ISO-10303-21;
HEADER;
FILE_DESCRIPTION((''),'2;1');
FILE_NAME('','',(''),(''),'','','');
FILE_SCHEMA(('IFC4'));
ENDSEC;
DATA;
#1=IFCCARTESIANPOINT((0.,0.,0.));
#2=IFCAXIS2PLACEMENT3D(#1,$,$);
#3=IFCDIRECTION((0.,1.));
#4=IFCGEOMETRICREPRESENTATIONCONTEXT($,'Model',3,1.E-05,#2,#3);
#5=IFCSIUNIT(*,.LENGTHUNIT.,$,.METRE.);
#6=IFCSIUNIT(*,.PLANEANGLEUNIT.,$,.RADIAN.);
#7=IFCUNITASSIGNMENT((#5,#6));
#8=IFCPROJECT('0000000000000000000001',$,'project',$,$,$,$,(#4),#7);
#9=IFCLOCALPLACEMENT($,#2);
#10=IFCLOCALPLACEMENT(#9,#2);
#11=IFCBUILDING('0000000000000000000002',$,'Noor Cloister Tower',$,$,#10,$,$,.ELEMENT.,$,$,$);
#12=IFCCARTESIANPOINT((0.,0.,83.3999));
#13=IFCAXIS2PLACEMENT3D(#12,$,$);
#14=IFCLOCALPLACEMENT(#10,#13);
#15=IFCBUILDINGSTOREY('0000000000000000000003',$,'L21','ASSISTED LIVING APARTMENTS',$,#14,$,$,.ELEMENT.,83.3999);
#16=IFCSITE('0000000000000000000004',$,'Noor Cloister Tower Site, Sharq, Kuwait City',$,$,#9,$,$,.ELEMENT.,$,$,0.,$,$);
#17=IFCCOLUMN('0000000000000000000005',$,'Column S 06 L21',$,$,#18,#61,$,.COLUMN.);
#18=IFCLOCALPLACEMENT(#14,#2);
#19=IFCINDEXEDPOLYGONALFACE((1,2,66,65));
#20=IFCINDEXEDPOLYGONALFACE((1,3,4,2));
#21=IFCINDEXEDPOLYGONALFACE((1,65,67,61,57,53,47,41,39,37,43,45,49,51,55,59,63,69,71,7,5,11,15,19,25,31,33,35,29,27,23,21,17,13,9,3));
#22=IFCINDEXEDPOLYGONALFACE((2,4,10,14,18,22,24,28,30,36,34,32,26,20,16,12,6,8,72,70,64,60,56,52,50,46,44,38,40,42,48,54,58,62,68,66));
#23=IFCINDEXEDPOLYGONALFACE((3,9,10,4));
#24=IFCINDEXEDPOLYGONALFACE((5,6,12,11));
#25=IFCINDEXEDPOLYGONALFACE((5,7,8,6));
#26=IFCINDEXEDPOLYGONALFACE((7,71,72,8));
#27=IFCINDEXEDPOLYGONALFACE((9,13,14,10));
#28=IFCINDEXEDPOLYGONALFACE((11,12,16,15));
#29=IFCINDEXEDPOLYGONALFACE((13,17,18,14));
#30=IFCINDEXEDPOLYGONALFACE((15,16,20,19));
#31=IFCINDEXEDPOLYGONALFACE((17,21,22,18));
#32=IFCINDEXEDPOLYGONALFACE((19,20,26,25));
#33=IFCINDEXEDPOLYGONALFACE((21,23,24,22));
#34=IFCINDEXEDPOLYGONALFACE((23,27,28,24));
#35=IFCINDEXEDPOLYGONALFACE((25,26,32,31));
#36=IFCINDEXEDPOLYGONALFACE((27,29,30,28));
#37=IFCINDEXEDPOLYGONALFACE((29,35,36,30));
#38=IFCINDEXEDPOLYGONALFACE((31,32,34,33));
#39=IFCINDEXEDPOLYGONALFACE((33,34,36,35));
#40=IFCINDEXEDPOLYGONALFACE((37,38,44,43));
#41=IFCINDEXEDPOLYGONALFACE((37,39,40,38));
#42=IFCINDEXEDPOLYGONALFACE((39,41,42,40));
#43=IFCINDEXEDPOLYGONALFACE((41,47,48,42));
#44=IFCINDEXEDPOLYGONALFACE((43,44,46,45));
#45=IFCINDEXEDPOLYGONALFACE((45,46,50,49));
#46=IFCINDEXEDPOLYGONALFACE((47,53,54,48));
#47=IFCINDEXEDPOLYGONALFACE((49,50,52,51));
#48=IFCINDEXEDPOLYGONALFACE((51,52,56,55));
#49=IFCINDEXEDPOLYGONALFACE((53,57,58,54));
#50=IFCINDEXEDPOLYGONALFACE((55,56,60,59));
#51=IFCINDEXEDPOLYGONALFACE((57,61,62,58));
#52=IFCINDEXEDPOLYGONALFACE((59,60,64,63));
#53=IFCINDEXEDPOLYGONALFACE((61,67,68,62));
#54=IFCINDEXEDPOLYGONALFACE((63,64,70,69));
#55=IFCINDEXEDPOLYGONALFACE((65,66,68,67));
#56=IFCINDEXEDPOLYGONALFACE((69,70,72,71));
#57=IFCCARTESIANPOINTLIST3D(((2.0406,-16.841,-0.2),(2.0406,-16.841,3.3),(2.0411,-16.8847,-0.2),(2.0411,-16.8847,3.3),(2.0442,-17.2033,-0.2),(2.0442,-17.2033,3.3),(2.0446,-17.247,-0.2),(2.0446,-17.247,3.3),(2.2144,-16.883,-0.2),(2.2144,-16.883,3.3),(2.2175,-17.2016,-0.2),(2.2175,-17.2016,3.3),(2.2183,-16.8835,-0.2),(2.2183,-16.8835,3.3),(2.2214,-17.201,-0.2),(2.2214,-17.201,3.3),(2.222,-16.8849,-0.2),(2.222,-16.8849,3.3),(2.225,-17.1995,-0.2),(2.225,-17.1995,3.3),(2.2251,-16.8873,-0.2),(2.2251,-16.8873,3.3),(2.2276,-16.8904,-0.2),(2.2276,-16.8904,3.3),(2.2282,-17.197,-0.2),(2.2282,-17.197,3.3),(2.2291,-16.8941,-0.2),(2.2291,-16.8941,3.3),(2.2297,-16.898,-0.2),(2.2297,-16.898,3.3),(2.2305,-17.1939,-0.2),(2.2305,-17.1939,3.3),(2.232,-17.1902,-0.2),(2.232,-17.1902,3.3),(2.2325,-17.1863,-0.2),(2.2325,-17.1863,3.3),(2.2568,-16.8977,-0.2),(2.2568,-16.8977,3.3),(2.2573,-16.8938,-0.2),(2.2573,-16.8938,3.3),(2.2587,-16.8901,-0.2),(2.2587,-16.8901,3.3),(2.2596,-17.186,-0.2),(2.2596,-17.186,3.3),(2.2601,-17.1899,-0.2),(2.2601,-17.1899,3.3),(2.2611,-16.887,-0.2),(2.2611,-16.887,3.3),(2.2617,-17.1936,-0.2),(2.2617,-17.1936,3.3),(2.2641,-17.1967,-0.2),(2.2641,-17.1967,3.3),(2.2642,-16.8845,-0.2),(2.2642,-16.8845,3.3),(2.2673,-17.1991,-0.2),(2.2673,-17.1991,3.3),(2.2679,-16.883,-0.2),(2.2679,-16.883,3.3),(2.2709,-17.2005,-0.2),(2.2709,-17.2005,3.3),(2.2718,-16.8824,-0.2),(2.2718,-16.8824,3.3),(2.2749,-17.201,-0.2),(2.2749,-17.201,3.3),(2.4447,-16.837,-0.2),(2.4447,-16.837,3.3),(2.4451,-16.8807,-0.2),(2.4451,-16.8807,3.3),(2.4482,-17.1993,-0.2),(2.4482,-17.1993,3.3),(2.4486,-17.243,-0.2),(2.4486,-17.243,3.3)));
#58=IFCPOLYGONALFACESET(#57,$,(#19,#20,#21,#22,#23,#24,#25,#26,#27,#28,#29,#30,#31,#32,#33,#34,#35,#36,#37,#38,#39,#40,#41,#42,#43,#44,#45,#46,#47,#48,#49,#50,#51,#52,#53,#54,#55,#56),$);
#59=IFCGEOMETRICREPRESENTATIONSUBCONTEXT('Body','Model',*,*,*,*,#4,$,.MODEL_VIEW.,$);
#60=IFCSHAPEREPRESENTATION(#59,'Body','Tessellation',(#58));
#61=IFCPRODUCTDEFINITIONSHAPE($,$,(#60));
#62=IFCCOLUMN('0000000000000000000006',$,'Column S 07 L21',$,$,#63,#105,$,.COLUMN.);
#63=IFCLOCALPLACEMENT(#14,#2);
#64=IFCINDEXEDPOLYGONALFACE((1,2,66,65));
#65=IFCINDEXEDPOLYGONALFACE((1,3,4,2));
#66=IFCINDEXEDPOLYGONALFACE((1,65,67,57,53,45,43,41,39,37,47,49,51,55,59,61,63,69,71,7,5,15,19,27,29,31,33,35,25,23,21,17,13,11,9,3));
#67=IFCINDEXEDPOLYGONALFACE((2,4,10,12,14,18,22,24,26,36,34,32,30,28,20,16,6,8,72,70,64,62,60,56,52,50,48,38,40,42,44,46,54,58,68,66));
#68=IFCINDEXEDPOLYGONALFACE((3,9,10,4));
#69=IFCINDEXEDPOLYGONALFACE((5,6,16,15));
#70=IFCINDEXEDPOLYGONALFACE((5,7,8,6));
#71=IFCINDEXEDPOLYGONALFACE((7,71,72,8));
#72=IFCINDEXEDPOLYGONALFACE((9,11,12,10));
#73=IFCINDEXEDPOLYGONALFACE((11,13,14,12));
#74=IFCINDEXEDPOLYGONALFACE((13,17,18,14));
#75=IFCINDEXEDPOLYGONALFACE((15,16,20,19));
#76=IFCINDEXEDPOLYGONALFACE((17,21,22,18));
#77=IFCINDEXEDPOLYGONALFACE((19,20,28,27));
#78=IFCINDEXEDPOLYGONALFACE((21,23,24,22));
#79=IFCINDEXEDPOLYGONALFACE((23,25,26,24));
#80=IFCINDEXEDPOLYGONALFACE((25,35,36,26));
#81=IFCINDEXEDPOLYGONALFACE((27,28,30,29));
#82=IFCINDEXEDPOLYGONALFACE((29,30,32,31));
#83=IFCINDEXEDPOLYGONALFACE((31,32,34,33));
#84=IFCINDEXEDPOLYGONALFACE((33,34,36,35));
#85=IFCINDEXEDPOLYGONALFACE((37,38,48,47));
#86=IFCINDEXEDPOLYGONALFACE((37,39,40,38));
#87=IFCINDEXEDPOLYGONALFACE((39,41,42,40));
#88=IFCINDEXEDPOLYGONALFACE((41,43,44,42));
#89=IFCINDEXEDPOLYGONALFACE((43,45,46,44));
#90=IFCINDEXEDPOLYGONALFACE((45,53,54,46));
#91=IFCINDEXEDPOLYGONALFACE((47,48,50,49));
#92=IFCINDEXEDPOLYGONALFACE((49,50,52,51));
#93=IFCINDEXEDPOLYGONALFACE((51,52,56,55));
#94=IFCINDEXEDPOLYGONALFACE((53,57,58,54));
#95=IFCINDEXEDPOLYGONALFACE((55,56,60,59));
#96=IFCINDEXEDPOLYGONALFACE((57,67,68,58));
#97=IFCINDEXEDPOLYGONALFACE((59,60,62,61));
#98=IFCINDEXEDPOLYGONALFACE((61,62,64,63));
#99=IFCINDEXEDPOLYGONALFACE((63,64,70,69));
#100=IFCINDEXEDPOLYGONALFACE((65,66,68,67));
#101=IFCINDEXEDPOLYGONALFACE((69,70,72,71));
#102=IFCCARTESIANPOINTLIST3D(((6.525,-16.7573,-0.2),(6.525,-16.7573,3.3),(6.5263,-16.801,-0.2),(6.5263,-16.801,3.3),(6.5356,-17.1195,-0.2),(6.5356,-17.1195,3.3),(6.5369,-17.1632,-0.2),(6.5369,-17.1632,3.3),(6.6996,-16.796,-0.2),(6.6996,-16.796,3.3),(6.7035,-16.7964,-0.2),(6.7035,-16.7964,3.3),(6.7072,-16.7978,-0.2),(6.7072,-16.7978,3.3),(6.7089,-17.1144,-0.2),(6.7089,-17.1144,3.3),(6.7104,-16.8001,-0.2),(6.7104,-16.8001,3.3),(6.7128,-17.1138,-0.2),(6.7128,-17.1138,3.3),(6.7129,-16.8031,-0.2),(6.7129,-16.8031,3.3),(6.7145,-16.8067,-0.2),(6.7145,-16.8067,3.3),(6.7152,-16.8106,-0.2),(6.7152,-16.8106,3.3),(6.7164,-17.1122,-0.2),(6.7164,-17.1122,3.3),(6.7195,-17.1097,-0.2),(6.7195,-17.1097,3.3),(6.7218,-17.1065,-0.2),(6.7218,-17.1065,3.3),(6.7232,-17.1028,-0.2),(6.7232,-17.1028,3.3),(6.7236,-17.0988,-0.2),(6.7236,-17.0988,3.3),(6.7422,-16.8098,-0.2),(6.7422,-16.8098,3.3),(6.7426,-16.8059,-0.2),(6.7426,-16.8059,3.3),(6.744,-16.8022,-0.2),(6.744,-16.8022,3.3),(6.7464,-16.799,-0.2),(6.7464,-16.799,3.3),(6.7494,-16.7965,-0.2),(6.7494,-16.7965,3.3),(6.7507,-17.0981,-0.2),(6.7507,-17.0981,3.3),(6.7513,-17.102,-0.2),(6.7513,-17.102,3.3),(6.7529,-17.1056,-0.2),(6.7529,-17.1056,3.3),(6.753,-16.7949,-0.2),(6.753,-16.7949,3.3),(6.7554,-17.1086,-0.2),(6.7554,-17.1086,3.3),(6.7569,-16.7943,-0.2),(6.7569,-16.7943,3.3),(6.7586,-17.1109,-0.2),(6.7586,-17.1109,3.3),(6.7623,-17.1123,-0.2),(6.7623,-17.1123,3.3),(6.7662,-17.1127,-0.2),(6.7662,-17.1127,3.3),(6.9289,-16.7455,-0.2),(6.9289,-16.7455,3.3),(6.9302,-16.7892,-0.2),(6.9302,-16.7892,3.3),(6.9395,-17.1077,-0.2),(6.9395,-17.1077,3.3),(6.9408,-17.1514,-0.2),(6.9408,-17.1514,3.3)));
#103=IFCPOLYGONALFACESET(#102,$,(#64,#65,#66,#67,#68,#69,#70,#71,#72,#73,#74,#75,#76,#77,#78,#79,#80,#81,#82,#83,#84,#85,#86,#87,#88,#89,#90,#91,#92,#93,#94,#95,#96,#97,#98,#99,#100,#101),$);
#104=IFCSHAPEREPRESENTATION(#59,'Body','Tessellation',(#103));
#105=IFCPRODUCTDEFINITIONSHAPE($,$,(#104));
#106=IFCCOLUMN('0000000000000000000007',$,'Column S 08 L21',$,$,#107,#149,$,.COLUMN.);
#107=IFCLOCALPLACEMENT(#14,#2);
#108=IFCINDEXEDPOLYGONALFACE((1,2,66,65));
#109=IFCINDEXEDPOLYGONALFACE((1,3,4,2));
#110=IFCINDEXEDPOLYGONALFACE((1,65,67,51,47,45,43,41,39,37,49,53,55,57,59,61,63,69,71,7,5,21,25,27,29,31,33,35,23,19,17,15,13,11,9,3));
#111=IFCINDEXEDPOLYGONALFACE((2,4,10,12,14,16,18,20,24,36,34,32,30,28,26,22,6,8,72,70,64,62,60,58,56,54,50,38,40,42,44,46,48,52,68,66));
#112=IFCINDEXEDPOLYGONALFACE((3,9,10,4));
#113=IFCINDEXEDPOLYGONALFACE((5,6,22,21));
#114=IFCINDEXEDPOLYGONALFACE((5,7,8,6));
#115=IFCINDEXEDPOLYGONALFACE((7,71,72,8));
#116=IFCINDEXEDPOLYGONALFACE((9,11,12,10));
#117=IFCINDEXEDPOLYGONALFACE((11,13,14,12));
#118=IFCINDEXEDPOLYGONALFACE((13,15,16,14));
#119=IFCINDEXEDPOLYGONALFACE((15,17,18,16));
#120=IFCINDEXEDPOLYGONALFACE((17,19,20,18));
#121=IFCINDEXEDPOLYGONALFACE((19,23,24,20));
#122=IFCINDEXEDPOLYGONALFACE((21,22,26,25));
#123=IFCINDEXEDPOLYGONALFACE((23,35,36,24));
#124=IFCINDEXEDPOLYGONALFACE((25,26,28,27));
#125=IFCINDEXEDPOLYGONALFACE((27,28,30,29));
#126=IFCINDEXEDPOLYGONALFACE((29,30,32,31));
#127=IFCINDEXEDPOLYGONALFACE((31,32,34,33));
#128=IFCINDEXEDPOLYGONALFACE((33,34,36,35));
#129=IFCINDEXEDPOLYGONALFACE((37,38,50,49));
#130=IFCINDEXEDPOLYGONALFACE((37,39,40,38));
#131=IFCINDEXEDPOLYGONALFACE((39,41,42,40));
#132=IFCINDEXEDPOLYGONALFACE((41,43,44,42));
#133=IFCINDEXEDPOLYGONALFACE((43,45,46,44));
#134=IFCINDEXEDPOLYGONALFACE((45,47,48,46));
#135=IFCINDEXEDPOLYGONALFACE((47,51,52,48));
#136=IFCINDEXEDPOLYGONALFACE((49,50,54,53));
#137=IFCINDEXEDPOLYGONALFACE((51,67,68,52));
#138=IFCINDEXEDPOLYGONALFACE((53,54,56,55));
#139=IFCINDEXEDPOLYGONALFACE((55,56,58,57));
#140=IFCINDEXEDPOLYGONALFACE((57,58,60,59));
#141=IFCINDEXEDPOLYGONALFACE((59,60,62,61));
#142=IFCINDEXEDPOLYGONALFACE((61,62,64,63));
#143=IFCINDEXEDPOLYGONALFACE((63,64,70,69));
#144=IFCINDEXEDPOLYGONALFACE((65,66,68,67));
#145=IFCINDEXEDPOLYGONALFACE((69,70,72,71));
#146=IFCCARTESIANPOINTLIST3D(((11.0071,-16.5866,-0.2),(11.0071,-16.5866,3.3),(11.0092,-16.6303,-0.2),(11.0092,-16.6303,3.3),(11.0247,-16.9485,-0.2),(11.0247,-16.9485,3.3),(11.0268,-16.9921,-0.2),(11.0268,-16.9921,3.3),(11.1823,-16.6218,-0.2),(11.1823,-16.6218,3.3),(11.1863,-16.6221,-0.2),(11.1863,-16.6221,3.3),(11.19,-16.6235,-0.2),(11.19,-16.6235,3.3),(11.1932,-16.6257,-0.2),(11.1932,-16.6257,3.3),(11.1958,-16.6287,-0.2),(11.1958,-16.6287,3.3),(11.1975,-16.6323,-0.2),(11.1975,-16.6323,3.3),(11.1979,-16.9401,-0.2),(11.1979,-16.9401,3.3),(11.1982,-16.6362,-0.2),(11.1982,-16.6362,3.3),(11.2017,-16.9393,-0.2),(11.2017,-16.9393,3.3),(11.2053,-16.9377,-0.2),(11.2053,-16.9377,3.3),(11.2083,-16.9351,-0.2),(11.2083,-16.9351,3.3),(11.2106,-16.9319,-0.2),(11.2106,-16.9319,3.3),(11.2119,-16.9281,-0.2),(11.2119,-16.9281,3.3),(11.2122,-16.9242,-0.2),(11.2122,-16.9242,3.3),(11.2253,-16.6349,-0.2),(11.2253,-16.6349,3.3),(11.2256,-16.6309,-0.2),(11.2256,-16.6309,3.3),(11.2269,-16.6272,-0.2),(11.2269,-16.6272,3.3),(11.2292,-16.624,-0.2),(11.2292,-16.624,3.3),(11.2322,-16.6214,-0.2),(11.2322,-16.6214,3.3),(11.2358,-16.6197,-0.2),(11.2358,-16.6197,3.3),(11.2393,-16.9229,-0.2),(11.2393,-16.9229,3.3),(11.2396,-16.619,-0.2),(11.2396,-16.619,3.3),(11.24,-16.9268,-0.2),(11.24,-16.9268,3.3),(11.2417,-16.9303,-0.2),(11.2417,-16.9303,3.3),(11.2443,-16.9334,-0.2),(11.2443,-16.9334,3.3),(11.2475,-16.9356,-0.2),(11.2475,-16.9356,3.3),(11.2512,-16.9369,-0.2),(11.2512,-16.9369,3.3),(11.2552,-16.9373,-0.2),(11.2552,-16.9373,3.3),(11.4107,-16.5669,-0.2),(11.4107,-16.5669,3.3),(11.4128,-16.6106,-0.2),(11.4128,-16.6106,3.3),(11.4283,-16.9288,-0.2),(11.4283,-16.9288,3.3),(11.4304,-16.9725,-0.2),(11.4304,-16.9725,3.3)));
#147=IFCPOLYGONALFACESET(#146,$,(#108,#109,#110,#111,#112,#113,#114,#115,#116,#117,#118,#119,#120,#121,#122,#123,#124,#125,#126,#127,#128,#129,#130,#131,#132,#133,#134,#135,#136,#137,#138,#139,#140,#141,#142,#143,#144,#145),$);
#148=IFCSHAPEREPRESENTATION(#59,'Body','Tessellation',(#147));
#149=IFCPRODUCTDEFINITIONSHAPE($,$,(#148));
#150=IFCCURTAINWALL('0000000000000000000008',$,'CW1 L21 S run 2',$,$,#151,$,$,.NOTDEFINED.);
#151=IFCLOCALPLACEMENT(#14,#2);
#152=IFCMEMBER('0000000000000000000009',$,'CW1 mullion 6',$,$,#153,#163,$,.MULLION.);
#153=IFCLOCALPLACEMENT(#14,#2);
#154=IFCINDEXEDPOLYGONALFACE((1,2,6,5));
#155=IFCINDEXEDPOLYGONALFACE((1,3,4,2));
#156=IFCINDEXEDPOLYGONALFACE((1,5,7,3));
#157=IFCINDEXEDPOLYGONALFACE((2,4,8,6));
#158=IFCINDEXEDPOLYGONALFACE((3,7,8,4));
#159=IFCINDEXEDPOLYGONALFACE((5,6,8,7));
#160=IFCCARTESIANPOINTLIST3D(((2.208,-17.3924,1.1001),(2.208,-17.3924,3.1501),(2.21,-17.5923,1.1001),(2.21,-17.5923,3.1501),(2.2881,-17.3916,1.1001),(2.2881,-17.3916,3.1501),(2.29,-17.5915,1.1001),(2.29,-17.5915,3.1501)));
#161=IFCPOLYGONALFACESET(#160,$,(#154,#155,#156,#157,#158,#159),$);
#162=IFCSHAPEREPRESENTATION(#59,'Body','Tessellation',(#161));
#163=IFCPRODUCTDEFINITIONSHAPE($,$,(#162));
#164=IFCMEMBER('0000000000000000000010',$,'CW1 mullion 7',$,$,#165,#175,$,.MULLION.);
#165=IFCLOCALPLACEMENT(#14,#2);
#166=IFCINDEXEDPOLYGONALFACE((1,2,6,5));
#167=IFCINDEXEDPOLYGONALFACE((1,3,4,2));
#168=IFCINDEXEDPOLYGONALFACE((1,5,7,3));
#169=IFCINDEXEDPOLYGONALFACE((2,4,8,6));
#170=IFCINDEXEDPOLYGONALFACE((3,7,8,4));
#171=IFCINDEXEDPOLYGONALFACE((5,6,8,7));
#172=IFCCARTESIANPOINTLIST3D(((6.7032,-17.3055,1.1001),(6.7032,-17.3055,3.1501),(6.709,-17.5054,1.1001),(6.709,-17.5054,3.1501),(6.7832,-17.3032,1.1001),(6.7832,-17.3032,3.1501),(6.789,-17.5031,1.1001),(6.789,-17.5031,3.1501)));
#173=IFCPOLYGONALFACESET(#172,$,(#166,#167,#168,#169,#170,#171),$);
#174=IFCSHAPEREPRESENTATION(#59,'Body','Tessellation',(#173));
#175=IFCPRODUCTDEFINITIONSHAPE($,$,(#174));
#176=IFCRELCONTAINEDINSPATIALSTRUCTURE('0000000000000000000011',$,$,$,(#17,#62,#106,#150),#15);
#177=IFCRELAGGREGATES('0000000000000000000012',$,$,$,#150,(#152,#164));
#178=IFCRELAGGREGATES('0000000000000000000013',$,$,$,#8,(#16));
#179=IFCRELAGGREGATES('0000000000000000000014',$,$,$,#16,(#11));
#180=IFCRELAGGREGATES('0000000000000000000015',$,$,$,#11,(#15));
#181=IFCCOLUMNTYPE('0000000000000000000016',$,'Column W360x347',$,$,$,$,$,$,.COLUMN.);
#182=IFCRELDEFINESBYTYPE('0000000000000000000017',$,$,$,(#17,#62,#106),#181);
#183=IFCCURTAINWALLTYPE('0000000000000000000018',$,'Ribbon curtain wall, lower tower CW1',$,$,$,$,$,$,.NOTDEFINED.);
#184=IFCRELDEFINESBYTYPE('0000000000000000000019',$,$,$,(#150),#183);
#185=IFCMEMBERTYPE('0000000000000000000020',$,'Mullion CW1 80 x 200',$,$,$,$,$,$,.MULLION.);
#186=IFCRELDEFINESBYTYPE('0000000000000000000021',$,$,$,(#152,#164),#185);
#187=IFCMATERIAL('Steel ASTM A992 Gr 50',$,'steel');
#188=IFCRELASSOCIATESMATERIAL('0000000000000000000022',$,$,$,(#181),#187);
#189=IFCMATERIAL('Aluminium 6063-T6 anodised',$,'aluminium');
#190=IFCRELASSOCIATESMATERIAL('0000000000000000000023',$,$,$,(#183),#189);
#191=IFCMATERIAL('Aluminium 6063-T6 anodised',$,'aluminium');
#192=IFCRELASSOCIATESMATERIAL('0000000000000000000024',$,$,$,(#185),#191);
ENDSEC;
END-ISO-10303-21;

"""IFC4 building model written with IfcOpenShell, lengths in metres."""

from ifc_helpers import new_model, si_unit, direction, frame, origin, origin_2d, place, context, subcontext, project, spatial, rectangle, i_section, extrude, material, material_profile, profile_set, type_object, element, aggregate, save


model = new_model("IFC4")

# Units and contexts
model_context = context("Model", 3, precision=1e-05, world=origin(), true_north=direction((0.0, 1.0)))
body_context = subcontext(model_context, "Body", "Model", "MODEL_VIEW")
ifc_project = project(units=[si_unit("LENGTHUNIT", "METRE"), si_unit("PLANEANGLEUNIT", "RADIAN")], contexts=[model_context])

# Site, building, storey
site_placement = place(None, origin())
site = spatial("IfcSite", under=ifc_project, at=site_placement, Name="Noor Cloister Tower Site, Sharq, Kuwait City", CompositionType="ELEMENT", RefElevation=0.0)
building_placement = place(site_placement, origin())
building = spatial("IfcBuilding", under=site, at=building_placement, Name="Noor Cloister Tower", CompositionType="ELEMENT")
storey_placement = place(building_placement, frame((0.0, 0.0, 83.3999)))
storey = spatial("IfcBuildingStorey", under=building, at=storey_placement, Name="L21", Description="ASSISTED LIVING APARTMENTS", CompositionType="ELEMENT", Elevation=83.3999)

# Columns
ifc_material_1 = material(Name="Steel ASTM A992 Gr 50", Category="steel")
ifc_material_profile_1 = material_profile(ifc_material_1, i_section(OverallWidth=0.4041, OverallDepth=0.406, WebThickness=0.0271, FlangeThickness=0.0437, FilletRadius=0.0151, at=origin_2d()), Name="W360x347")
ifc_profile_set_1 = profile_set([ifc_material_profile_1], Name="Steel ASTM A992 Gr 50")
column_type = type_object("IfcColumnType", Name="Column W360x347", PredefinedType="COLUMN", material=ifc_profile_set_1)
for number, where, z_axis, x_axis, name in (
    (1, (2.2446, -17.042, -0.2), (0.0, 0.0, 1.0), (0.999953, 0.00974, 0.0), "Column S 06 L21"),
    (2, (6.7329, -16.9543, -0.2), (0.0, 0.0, 1.0), (0.999573, 0.029216, 0.0), "Column S 07 L21"),
    (3, (11.2188, -16.7795, -0.2), (0.0, 0.0, 1.0), (0.998814, 0.048681, 0.0), "Column S 08 L21"),
):
    element("IfcColumn", number, at=place(storey_placement, frame(where, z_axis=z_axis, x_axis=x_axis)), inside=storey, type_object=column_type, Name=name, PredefinedType="COLUMN", context=body_context, shape_type="SweptSolid", body=[
        extrude(i_section(OverallWidth=0.4041, OverallDepth=0.406, WebThickness=0.0271, FlangeThickness=0.0437, FilletRadius=0.0151, at=origin_2d()), origin(), (0.0, 0.0, 1.0), 3.5),
    ])

# Curtain wall, members
ifc_material_2 = material(Name="Aluminium 6063-T6 anodised", Category="aluminium")
curtain_wall_type = type_object("IfcCurtainWallType", Name="Ribbon curtain wall, lower tower CW1", PredefinedType="NOTDEFINED", material=ifc_material_2)
curtain_wall_placement = place(storey_placement, origin())
curtain_wall = element("IfcCurtainWall", 4, at=curtain_wall_placement, inside=storey, type_object=curtain_wall_type, Name="CW1 L21 S run 2", PredefinedType="NOTDEFINED")
ifc_material_3 = material(Name="Aluminium 6063-T6 anodised", Category="aluminium")
ifc_material_profile_2 = material_profile(ifc_material_3, rectangle(XDim=0.2, YDim=0.0801, at=origin_2d()), Name="200 x 80 mullion")
ifc_profile_set_2 = profile_set([ifc_material_profile_2], Name="Aluminium 6063-T6 anodised")
member_type = type_object("IfcMemberType", Name="Mullion CW1 80 x 200", PredefinedType="MULLION", material=ifc_profile_set_2)
member_1_placement = place(storey_placement, frame((2.249, -17.4919, 1.1001), z_axis=(0.0, 0.0, 1.0), x_axis=(-0.00974, 0.999953, 0.0)))
member_1 = element("IfcMember", 5, at=member_1_placement, type_object=member_type, Name="CW1 mullion 6", PredefinedType="MULLION", context=body_context, shape_type="SweptSolid", body=[
    extrude(rectangle(XDim=0.2, YDim=0.0801, at=origin_2d()), origin(), (0.0, 0.0, 1.0), 2.05),
])
member_2_placement = place(storey_placement, frame((6.7461, -17.4043, 1.1001), z_axis=(0.0, 0.0, 1.0), x_axis=(-0.029216, 0.999573, 0.0)))
member_2 = element("IfcMember", 6, at=member_2_placement, type_object=member_type, Name="CW1 mullion 7", PredefinedType="MULLION", context=body_context, shape_type="SweptSolid", body=[
    extrude(rectangle(XDim=0.2, YDim=0.0801, at=origin_2d()), origin(), (0.0, 0.0, 1.0), 2.05),
])

aggregate(curtain_wall, [member_1, member_2])

save(model, "model.ifc")
